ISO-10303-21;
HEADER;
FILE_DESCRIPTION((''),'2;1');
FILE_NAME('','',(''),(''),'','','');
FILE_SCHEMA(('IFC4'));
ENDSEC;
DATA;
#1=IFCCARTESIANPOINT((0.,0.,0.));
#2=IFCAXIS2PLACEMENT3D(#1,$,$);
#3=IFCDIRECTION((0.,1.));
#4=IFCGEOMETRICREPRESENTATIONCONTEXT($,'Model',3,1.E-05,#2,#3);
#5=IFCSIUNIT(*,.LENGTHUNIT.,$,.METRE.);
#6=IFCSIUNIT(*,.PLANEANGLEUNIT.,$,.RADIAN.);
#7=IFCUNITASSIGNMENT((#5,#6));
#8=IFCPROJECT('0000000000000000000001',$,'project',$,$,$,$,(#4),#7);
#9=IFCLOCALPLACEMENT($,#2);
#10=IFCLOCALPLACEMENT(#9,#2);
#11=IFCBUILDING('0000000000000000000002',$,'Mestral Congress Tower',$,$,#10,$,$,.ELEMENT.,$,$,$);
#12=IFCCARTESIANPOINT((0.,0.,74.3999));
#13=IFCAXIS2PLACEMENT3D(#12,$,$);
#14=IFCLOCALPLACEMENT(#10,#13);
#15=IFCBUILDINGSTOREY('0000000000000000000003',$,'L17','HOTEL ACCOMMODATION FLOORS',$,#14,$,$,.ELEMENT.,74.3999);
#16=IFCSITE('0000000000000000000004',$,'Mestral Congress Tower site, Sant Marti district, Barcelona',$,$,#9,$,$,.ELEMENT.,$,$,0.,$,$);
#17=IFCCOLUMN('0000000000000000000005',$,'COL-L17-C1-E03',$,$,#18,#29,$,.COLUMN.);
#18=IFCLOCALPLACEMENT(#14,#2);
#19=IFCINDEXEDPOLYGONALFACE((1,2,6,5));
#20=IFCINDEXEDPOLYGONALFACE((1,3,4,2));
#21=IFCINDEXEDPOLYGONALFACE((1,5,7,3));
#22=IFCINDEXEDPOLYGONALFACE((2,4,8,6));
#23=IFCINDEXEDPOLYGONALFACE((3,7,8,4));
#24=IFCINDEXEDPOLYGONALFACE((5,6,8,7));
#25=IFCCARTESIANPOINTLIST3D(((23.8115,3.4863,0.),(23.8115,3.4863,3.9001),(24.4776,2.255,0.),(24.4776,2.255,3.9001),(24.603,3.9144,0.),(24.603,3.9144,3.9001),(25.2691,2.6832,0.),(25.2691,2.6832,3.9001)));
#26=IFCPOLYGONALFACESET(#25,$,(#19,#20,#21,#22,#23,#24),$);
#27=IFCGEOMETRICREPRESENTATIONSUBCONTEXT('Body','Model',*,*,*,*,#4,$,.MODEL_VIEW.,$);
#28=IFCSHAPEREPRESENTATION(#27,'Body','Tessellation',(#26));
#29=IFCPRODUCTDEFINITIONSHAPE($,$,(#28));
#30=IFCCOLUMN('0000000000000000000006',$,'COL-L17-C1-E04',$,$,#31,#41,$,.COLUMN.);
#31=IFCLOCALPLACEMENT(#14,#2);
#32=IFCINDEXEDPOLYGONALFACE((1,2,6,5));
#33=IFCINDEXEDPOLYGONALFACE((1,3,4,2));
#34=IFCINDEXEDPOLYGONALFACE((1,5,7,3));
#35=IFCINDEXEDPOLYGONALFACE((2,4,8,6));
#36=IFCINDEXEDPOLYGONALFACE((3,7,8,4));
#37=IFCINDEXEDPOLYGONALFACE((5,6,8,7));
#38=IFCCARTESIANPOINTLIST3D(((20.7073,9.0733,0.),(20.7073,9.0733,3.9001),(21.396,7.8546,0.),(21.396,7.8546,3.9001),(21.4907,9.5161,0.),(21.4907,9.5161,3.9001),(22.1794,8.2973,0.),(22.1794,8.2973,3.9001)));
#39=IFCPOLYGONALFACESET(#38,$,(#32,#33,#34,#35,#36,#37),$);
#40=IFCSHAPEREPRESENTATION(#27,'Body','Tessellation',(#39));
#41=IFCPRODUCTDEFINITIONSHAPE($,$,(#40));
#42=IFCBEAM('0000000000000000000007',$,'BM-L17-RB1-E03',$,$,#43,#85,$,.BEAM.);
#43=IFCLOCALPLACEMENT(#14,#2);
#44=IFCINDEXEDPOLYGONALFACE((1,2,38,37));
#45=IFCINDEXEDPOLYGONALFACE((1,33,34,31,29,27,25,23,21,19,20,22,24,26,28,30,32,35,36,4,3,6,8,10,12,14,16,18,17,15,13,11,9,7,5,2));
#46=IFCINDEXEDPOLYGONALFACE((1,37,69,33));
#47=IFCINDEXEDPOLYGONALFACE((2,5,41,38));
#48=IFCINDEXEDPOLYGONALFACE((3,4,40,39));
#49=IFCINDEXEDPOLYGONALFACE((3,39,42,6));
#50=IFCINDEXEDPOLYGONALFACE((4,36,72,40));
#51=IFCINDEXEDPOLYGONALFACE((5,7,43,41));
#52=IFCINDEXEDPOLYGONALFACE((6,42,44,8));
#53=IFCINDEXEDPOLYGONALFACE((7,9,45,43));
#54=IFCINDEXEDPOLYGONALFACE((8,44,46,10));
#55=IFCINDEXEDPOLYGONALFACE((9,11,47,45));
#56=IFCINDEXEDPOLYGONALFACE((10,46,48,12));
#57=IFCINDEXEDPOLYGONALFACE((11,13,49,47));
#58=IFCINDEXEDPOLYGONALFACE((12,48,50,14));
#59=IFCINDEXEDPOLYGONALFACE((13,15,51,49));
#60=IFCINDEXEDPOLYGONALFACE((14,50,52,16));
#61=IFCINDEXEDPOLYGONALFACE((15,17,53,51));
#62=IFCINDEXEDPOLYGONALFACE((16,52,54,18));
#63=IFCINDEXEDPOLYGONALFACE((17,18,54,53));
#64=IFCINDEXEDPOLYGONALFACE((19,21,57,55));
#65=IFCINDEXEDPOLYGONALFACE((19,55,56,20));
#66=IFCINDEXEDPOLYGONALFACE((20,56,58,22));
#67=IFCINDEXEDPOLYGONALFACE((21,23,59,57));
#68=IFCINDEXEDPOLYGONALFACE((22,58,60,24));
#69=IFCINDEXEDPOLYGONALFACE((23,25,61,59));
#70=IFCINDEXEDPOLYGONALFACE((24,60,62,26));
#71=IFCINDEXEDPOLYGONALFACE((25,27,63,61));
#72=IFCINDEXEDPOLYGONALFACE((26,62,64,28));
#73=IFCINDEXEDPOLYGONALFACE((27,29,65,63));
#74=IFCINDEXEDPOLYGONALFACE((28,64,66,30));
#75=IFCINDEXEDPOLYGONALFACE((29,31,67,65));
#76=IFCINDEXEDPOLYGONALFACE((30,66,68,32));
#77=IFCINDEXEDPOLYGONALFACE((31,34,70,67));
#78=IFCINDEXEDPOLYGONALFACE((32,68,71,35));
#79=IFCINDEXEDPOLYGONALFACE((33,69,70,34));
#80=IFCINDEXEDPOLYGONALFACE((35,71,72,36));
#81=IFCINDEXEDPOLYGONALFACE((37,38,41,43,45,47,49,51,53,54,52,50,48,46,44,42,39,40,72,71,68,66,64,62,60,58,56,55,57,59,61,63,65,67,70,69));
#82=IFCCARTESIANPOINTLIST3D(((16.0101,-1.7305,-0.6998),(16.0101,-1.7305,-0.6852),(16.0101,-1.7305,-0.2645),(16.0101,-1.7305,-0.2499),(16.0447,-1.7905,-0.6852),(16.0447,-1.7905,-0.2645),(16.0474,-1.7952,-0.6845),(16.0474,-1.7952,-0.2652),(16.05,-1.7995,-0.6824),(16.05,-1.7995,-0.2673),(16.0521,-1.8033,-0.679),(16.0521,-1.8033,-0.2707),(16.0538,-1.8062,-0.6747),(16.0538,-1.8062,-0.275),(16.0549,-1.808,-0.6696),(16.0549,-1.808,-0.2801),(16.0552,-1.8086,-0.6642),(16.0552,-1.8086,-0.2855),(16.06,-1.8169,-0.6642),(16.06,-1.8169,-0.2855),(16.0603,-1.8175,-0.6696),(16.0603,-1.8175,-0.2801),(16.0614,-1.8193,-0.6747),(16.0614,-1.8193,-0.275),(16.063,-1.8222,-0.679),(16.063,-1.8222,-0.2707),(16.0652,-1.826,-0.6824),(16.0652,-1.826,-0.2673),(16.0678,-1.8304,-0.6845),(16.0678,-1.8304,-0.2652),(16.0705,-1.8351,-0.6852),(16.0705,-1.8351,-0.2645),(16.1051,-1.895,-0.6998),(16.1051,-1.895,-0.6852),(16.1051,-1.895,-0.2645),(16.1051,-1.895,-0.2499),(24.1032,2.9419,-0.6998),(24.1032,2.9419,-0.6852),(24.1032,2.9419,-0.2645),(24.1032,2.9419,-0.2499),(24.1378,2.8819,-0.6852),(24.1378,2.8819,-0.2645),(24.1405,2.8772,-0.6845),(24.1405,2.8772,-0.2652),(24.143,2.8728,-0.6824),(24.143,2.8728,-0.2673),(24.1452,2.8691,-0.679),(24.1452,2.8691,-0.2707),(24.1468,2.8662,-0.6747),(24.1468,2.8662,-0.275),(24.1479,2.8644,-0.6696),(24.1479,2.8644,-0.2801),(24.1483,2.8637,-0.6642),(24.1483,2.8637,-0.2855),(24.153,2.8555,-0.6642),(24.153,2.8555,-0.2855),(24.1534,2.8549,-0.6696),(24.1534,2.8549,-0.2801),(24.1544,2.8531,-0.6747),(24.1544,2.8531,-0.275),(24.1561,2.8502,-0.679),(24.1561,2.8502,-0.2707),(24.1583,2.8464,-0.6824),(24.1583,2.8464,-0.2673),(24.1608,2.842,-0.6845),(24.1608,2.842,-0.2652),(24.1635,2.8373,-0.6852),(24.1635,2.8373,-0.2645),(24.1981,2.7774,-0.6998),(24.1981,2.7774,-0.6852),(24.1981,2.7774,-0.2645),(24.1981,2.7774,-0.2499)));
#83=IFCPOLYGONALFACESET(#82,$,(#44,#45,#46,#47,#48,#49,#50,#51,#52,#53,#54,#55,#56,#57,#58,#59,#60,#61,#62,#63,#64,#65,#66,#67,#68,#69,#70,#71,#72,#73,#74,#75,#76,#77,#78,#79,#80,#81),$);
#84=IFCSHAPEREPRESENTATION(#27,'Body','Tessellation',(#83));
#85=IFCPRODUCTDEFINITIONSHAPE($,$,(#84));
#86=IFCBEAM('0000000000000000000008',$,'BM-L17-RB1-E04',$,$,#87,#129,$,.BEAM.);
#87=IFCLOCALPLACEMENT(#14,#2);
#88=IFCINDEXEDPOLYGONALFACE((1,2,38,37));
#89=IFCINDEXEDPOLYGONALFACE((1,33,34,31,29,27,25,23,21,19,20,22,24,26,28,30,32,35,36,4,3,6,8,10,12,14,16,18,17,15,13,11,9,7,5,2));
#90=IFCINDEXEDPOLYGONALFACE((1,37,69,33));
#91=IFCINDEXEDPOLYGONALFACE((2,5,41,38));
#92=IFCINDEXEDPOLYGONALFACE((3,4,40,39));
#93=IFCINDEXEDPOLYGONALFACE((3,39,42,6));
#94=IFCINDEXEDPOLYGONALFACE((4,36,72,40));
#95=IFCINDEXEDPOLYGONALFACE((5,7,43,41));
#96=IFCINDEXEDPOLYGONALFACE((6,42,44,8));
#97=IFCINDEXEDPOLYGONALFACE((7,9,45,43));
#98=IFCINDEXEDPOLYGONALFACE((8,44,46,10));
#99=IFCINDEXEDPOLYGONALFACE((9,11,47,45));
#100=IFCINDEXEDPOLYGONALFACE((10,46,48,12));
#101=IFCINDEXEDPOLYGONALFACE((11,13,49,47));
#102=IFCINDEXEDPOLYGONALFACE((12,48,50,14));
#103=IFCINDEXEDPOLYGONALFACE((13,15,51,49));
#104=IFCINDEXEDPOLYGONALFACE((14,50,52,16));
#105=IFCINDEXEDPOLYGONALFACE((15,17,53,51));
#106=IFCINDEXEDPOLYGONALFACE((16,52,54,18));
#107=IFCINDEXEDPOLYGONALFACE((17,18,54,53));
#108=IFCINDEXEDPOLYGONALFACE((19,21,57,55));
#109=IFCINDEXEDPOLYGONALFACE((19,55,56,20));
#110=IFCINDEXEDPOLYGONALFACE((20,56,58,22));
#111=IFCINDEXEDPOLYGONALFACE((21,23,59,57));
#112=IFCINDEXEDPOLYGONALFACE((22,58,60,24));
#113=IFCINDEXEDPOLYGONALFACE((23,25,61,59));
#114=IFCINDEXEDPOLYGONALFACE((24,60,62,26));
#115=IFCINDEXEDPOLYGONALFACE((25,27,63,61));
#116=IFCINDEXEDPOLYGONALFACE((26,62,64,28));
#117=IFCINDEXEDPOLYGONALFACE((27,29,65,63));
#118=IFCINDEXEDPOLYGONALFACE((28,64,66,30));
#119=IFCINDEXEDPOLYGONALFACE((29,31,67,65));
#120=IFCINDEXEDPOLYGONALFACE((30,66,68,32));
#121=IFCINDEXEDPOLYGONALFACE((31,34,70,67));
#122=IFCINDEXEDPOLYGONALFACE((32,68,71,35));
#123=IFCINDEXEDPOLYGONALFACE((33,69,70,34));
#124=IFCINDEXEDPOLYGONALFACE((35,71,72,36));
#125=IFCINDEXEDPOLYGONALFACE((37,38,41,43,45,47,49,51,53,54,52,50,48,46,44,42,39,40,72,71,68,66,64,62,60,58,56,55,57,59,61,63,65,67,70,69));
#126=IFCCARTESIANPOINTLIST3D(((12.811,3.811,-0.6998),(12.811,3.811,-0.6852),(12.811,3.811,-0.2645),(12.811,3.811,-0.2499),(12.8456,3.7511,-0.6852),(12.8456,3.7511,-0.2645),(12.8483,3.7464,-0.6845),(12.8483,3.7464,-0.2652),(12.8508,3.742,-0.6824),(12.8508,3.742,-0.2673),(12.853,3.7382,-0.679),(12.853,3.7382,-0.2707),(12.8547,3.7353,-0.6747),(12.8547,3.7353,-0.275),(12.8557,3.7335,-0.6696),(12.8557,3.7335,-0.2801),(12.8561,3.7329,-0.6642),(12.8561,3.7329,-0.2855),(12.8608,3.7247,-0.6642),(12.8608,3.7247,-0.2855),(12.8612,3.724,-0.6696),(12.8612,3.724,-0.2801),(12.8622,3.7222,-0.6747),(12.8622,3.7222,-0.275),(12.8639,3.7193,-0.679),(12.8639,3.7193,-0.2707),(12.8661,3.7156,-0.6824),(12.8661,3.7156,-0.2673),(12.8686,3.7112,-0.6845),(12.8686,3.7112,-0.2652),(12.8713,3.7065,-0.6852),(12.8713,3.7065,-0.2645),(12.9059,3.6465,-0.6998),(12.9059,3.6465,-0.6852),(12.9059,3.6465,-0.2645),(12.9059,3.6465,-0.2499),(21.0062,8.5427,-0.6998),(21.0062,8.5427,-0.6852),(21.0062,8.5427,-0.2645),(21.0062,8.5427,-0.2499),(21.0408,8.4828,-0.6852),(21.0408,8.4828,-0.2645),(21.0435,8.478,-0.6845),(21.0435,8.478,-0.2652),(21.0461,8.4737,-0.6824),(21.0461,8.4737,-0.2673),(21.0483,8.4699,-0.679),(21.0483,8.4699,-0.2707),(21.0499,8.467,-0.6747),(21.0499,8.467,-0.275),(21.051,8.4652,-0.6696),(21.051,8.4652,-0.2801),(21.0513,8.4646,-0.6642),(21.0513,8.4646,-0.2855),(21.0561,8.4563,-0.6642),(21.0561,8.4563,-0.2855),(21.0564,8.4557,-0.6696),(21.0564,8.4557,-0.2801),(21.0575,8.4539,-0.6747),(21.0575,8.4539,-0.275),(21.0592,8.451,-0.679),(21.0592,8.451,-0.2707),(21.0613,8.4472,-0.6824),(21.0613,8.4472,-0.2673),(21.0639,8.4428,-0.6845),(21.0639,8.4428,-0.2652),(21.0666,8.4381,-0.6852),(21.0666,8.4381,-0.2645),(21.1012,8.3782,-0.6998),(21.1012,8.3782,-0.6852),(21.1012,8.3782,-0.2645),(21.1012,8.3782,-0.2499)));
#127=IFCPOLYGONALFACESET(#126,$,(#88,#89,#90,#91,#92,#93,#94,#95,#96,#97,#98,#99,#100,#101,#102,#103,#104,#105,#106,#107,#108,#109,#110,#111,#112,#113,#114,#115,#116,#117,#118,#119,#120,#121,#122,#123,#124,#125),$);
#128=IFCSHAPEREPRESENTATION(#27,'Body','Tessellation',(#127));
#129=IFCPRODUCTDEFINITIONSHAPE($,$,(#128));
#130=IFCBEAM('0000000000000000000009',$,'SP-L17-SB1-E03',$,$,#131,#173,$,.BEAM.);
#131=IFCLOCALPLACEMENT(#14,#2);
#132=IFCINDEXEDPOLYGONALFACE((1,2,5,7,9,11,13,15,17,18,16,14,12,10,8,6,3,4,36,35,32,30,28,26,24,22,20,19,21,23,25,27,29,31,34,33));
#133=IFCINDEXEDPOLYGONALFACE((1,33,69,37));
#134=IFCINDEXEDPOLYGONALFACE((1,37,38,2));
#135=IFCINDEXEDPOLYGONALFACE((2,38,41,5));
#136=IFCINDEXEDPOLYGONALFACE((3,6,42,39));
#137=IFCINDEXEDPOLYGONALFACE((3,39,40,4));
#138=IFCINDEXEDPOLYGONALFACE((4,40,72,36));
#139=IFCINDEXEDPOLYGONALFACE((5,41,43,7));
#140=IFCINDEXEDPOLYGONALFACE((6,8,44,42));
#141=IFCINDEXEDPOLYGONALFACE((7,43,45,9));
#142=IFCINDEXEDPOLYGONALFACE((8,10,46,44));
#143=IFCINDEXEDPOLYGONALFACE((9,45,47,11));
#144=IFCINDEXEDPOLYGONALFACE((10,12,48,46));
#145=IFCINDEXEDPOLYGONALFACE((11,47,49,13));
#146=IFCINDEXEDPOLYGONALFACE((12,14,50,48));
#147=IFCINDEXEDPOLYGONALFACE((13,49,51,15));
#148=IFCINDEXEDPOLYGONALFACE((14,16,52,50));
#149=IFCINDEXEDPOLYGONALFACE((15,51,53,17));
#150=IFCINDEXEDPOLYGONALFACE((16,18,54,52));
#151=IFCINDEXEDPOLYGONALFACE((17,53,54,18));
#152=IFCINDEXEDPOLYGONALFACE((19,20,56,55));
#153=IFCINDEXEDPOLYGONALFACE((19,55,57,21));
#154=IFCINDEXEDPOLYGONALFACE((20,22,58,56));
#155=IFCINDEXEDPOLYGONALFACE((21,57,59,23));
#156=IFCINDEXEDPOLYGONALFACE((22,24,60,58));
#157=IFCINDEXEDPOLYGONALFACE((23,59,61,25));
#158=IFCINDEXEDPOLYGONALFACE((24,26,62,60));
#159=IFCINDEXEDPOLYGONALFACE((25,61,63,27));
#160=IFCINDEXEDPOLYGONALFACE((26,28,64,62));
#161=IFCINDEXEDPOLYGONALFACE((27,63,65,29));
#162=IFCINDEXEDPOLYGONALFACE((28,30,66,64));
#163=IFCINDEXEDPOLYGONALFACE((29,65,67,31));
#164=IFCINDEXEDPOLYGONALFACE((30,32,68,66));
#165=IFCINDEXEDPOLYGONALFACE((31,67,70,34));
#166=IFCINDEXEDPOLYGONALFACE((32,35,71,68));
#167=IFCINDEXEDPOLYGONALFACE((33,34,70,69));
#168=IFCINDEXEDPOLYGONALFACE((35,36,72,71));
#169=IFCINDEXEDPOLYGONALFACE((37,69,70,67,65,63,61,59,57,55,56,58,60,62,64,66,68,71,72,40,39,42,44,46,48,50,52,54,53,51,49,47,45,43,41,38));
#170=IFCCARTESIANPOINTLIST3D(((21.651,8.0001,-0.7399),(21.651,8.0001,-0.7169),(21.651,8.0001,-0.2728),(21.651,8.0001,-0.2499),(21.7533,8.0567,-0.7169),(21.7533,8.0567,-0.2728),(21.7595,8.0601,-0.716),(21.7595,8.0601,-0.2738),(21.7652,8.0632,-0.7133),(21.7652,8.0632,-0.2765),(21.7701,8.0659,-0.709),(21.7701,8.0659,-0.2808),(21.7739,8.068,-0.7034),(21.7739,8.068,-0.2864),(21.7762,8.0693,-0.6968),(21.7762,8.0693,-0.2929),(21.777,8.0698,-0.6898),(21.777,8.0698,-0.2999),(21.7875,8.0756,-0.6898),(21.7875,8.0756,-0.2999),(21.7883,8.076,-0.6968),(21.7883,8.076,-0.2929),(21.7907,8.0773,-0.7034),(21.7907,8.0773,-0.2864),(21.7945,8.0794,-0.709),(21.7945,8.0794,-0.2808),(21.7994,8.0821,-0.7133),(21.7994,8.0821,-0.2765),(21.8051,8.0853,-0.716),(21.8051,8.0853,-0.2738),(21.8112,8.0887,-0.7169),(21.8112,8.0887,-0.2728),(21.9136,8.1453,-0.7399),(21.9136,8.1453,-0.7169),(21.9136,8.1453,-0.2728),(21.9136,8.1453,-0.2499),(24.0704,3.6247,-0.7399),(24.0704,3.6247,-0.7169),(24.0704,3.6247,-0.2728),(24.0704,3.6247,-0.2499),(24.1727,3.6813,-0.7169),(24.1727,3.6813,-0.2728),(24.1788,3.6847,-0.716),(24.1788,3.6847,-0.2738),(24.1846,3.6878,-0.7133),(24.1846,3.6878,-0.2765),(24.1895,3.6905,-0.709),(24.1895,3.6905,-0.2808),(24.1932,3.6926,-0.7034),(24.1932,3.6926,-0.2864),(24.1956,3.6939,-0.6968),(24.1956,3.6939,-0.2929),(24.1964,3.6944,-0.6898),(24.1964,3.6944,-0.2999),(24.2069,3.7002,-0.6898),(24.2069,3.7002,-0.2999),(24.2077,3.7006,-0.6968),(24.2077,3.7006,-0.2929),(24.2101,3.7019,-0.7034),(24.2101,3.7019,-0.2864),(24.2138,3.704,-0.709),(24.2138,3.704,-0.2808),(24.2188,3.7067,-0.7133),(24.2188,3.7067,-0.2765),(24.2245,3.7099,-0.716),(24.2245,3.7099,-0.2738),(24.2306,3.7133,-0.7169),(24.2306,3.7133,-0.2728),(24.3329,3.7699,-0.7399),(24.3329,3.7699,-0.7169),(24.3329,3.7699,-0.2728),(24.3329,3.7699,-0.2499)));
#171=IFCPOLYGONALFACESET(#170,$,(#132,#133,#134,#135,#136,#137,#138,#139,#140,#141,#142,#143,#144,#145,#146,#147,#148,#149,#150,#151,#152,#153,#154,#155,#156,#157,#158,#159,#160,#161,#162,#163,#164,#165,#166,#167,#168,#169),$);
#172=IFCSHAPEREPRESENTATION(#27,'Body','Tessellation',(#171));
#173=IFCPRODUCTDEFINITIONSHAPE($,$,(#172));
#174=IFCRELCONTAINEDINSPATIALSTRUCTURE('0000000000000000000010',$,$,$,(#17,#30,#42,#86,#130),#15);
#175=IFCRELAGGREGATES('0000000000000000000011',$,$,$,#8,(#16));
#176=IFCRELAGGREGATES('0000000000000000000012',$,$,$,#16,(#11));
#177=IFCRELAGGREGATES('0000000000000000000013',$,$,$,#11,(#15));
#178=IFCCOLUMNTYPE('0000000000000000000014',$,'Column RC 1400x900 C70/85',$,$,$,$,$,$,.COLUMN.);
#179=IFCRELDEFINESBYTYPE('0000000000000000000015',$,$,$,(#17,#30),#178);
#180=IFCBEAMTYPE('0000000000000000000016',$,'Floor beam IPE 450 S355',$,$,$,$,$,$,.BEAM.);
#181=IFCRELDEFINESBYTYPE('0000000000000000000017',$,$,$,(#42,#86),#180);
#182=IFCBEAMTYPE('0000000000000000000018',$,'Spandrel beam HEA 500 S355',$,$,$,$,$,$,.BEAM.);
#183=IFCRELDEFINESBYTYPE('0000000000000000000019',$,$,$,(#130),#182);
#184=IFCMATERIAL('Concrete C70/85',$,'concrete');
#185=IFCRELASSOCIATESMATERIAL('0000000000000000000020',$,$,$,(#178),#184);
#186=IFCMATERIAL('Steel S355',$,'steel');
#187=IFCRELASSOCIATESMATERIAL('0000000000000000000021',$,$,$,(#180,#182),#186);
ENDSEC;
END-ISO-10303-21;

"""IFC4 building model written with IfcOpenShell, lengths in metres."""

from ifc_helpers import new_model, si_unit, direction, frame, origin, origin_2d, place, context, subcontext, project, spatial, rectangle, i_section, extrude, material, material_profile, profile_set, type_object, element, save


model = new_model("IFC4")

# Units and contexts
model_context = context("Model", 3, precision=1e-05, world=origin(), true_north=direction((0.0, 1.0)))
body_context = subcontext(model_context, "Body", "Model", "MODEL_VIEW")
ifc_project = project(units=[si_unit("LENGTHUNIT", "METRE"), si_unit("PLANEANGLEUNIT", "RADIAN")], contexts=[model_context])

# Site, building, storey
site_placement = place(None, origin())
site = spatial("IfcSite", under=ifc_project, at=site_placement, Name="Mestral Congress Tower site, Sant Marti district, Barcelona", CompositionType="ELEMENT", RefElevation=0.0)
building_placement = place(site_placement, origin())
building = spatial("IfcBuilding", under=site, at=building_placement, Name="Mestral Congress Tower", CompositionType="ELEMENT")
storey_placement = place(building_placement, frame((0.0, 0.0, 74.3999)))
storey = spatial("IfcBuildingStorey", under=building, at=storey_placement, Name="L17", Description="HOTEL ACCOMMODATION FLOORS", CompositionType="ELEMENT", Elevation=74.3999)

# Columns
ifc_material_1 = material(Name="Concrete C70/85", Category="concrete")
ifc_material_profile_1 = material_profile(ifc_material_1, rectangle(XDim=1.3999, YDim=0.8999, at=origin_2d()), Name="RC 1400x900")
ifc_profile_set_1 = profile_set([ifc_material_profile_1], Name="Concrete C70/85")
column_type = type_object("IfcColumnType", Name="Column RC 1400x900 C70/85", PredefinedType="COLUMN", material=ifc_profile_set_1)
for number, where, z_axis, x_axis, name in (
    (1, (24.5403, 3.0847, 0.0), (0.0, 0.0, 1.0), (-0.475796, 0.879556, 0.0), "COL-L17-C1-E03"),
    (2, (21.4434, 8.6853, 0.0), (0.0, 0.0, 1.0), (-0.491974, 0.87061, 0.0), "COL-L17-C1-E04"),
):
    element("IfcColumn", number, at=place(storey_placement, frame(where, z_axis=z_axis, x_axis=x_axis)), inside=storey, type_object=column_type, Name=name, PredefinedType="COLUMN", context=body_context, shape_type="SweptSolid", body=[
        extrude(rectangle(XDim=1.3999, YDim=0.8999, at=origin_2d()), origin(), (0.0, 0.0, 1.0), 3.9001),
    ])

# Beams
ifc_material_2 = material(Name="Steel S355", Category="steel")
ifc_material_profile_2 = material_profile(ifc_material_2, i_section(OverallWidth=0.1899, OverallDepth=0.45, WebThickness=0.0095, FlangeThickness=0.0146, FilletRadius=0.021, at=origin_2d()), Name="IPE 450")
ifc_profile_set_2 = profile_set([ifc_material_profile_2], Name="Steel S355")
beam_type_1 = type_object("IfcBeamType", Name="Floor beam IPE 450 S355", PredefinedType="BEAM", material=ifc_profile_set_2)
beam_1_placement = place(storey_placement, frame((24.1506, 2.8596, -0.4749), z_axis=(-0.866032, -0.499989, 0.0), x_axis=(0.499989, -0.866032, 0.0)))
element("IfcBeam", 3, at=beam_1_placement, inside=storey, type_object=beam_type_1, Name="BM-L17-RB1-E03", PredefinedType="BEAM", context=body_context, shape_type="SweptSolid", body=[
    extrude(i_section(OverallWidth=0.1899, OverallDepth=0.45, WebThickness=0.0095, FlangeThickness=0.0146, FilletRadius=0.021, at=origin_2d()), origin(), (0.0, 0.0, 1.0), 9.345),
])
beam_2_placement = place(storey_placement, frame((21.0537, 8.4604, -0.4749), z_axis=(-0.86602, -0.50001, 0.0), x_axis=(0.50001, -0.86602, 0.0)))
element("IfcBeam", 4, at=beam_2_placement, inside=storey, type_object=beam_type_1, Name="BM-L17-RB1-E04", PredefinedType="BEAM", context=body_context, shape_type="SweptSolid", body=[
    extrude(i_section(OverallWidth=0.1899, OverallDepth=0.45, WebThickness=0.0095, FlangeThickness=0.0146, FilletRadius=0.021, at=origin_2d()), origin(), (0.0, 0.0, 1.0), 9.4631),
])
ifc_material_profile_3 = material_profile(ifc_material_2, i_section(OverallWidth=0.3, OverallDepth=0.49, WebThickness=0.012, FlangeThickness=0.0229, FilletRadius=0.0271, at=origin_2d()), Name="HEA 500")
ifc_profile_set_3 = profile_set([ifc_material_profile_3], Name="Steel S355")
beam_type_2 = type_object("IfcBeamType", Name="Spandrel beam HEA 500 S355", PredefinedType="BEAM", material=ifc_profile_set_3)
for number, where, z_axis, x_axis, name in (
    (5, (24.2017, 3.6973, -0.4949), (-0.483901, 0.875123, 0.0), (-0.875123, -0.483901, 0.0), "SP-L17-SB1-E03"),
):
    element("IfcBeam", number, at=place(storey_placement, frame(where, z_axis=z_axis, x_axis=x_axis)), inside=storey, type_object=beam_type_2, Name=name, PredefinedType="BEAM", context=body_context, shape_type="SweptSolid", body=[
        extrude(i_section(OverallWidth=0.3, OverallDepth=0.49, WebThickness=0.012, FlangeThickness=0.0229, FilletRadius=0.0271, at=origin_2d()), origin(), (0.0, 0.0, 1.0), 4.9998),
    ])

save(model, "model.ifc")
